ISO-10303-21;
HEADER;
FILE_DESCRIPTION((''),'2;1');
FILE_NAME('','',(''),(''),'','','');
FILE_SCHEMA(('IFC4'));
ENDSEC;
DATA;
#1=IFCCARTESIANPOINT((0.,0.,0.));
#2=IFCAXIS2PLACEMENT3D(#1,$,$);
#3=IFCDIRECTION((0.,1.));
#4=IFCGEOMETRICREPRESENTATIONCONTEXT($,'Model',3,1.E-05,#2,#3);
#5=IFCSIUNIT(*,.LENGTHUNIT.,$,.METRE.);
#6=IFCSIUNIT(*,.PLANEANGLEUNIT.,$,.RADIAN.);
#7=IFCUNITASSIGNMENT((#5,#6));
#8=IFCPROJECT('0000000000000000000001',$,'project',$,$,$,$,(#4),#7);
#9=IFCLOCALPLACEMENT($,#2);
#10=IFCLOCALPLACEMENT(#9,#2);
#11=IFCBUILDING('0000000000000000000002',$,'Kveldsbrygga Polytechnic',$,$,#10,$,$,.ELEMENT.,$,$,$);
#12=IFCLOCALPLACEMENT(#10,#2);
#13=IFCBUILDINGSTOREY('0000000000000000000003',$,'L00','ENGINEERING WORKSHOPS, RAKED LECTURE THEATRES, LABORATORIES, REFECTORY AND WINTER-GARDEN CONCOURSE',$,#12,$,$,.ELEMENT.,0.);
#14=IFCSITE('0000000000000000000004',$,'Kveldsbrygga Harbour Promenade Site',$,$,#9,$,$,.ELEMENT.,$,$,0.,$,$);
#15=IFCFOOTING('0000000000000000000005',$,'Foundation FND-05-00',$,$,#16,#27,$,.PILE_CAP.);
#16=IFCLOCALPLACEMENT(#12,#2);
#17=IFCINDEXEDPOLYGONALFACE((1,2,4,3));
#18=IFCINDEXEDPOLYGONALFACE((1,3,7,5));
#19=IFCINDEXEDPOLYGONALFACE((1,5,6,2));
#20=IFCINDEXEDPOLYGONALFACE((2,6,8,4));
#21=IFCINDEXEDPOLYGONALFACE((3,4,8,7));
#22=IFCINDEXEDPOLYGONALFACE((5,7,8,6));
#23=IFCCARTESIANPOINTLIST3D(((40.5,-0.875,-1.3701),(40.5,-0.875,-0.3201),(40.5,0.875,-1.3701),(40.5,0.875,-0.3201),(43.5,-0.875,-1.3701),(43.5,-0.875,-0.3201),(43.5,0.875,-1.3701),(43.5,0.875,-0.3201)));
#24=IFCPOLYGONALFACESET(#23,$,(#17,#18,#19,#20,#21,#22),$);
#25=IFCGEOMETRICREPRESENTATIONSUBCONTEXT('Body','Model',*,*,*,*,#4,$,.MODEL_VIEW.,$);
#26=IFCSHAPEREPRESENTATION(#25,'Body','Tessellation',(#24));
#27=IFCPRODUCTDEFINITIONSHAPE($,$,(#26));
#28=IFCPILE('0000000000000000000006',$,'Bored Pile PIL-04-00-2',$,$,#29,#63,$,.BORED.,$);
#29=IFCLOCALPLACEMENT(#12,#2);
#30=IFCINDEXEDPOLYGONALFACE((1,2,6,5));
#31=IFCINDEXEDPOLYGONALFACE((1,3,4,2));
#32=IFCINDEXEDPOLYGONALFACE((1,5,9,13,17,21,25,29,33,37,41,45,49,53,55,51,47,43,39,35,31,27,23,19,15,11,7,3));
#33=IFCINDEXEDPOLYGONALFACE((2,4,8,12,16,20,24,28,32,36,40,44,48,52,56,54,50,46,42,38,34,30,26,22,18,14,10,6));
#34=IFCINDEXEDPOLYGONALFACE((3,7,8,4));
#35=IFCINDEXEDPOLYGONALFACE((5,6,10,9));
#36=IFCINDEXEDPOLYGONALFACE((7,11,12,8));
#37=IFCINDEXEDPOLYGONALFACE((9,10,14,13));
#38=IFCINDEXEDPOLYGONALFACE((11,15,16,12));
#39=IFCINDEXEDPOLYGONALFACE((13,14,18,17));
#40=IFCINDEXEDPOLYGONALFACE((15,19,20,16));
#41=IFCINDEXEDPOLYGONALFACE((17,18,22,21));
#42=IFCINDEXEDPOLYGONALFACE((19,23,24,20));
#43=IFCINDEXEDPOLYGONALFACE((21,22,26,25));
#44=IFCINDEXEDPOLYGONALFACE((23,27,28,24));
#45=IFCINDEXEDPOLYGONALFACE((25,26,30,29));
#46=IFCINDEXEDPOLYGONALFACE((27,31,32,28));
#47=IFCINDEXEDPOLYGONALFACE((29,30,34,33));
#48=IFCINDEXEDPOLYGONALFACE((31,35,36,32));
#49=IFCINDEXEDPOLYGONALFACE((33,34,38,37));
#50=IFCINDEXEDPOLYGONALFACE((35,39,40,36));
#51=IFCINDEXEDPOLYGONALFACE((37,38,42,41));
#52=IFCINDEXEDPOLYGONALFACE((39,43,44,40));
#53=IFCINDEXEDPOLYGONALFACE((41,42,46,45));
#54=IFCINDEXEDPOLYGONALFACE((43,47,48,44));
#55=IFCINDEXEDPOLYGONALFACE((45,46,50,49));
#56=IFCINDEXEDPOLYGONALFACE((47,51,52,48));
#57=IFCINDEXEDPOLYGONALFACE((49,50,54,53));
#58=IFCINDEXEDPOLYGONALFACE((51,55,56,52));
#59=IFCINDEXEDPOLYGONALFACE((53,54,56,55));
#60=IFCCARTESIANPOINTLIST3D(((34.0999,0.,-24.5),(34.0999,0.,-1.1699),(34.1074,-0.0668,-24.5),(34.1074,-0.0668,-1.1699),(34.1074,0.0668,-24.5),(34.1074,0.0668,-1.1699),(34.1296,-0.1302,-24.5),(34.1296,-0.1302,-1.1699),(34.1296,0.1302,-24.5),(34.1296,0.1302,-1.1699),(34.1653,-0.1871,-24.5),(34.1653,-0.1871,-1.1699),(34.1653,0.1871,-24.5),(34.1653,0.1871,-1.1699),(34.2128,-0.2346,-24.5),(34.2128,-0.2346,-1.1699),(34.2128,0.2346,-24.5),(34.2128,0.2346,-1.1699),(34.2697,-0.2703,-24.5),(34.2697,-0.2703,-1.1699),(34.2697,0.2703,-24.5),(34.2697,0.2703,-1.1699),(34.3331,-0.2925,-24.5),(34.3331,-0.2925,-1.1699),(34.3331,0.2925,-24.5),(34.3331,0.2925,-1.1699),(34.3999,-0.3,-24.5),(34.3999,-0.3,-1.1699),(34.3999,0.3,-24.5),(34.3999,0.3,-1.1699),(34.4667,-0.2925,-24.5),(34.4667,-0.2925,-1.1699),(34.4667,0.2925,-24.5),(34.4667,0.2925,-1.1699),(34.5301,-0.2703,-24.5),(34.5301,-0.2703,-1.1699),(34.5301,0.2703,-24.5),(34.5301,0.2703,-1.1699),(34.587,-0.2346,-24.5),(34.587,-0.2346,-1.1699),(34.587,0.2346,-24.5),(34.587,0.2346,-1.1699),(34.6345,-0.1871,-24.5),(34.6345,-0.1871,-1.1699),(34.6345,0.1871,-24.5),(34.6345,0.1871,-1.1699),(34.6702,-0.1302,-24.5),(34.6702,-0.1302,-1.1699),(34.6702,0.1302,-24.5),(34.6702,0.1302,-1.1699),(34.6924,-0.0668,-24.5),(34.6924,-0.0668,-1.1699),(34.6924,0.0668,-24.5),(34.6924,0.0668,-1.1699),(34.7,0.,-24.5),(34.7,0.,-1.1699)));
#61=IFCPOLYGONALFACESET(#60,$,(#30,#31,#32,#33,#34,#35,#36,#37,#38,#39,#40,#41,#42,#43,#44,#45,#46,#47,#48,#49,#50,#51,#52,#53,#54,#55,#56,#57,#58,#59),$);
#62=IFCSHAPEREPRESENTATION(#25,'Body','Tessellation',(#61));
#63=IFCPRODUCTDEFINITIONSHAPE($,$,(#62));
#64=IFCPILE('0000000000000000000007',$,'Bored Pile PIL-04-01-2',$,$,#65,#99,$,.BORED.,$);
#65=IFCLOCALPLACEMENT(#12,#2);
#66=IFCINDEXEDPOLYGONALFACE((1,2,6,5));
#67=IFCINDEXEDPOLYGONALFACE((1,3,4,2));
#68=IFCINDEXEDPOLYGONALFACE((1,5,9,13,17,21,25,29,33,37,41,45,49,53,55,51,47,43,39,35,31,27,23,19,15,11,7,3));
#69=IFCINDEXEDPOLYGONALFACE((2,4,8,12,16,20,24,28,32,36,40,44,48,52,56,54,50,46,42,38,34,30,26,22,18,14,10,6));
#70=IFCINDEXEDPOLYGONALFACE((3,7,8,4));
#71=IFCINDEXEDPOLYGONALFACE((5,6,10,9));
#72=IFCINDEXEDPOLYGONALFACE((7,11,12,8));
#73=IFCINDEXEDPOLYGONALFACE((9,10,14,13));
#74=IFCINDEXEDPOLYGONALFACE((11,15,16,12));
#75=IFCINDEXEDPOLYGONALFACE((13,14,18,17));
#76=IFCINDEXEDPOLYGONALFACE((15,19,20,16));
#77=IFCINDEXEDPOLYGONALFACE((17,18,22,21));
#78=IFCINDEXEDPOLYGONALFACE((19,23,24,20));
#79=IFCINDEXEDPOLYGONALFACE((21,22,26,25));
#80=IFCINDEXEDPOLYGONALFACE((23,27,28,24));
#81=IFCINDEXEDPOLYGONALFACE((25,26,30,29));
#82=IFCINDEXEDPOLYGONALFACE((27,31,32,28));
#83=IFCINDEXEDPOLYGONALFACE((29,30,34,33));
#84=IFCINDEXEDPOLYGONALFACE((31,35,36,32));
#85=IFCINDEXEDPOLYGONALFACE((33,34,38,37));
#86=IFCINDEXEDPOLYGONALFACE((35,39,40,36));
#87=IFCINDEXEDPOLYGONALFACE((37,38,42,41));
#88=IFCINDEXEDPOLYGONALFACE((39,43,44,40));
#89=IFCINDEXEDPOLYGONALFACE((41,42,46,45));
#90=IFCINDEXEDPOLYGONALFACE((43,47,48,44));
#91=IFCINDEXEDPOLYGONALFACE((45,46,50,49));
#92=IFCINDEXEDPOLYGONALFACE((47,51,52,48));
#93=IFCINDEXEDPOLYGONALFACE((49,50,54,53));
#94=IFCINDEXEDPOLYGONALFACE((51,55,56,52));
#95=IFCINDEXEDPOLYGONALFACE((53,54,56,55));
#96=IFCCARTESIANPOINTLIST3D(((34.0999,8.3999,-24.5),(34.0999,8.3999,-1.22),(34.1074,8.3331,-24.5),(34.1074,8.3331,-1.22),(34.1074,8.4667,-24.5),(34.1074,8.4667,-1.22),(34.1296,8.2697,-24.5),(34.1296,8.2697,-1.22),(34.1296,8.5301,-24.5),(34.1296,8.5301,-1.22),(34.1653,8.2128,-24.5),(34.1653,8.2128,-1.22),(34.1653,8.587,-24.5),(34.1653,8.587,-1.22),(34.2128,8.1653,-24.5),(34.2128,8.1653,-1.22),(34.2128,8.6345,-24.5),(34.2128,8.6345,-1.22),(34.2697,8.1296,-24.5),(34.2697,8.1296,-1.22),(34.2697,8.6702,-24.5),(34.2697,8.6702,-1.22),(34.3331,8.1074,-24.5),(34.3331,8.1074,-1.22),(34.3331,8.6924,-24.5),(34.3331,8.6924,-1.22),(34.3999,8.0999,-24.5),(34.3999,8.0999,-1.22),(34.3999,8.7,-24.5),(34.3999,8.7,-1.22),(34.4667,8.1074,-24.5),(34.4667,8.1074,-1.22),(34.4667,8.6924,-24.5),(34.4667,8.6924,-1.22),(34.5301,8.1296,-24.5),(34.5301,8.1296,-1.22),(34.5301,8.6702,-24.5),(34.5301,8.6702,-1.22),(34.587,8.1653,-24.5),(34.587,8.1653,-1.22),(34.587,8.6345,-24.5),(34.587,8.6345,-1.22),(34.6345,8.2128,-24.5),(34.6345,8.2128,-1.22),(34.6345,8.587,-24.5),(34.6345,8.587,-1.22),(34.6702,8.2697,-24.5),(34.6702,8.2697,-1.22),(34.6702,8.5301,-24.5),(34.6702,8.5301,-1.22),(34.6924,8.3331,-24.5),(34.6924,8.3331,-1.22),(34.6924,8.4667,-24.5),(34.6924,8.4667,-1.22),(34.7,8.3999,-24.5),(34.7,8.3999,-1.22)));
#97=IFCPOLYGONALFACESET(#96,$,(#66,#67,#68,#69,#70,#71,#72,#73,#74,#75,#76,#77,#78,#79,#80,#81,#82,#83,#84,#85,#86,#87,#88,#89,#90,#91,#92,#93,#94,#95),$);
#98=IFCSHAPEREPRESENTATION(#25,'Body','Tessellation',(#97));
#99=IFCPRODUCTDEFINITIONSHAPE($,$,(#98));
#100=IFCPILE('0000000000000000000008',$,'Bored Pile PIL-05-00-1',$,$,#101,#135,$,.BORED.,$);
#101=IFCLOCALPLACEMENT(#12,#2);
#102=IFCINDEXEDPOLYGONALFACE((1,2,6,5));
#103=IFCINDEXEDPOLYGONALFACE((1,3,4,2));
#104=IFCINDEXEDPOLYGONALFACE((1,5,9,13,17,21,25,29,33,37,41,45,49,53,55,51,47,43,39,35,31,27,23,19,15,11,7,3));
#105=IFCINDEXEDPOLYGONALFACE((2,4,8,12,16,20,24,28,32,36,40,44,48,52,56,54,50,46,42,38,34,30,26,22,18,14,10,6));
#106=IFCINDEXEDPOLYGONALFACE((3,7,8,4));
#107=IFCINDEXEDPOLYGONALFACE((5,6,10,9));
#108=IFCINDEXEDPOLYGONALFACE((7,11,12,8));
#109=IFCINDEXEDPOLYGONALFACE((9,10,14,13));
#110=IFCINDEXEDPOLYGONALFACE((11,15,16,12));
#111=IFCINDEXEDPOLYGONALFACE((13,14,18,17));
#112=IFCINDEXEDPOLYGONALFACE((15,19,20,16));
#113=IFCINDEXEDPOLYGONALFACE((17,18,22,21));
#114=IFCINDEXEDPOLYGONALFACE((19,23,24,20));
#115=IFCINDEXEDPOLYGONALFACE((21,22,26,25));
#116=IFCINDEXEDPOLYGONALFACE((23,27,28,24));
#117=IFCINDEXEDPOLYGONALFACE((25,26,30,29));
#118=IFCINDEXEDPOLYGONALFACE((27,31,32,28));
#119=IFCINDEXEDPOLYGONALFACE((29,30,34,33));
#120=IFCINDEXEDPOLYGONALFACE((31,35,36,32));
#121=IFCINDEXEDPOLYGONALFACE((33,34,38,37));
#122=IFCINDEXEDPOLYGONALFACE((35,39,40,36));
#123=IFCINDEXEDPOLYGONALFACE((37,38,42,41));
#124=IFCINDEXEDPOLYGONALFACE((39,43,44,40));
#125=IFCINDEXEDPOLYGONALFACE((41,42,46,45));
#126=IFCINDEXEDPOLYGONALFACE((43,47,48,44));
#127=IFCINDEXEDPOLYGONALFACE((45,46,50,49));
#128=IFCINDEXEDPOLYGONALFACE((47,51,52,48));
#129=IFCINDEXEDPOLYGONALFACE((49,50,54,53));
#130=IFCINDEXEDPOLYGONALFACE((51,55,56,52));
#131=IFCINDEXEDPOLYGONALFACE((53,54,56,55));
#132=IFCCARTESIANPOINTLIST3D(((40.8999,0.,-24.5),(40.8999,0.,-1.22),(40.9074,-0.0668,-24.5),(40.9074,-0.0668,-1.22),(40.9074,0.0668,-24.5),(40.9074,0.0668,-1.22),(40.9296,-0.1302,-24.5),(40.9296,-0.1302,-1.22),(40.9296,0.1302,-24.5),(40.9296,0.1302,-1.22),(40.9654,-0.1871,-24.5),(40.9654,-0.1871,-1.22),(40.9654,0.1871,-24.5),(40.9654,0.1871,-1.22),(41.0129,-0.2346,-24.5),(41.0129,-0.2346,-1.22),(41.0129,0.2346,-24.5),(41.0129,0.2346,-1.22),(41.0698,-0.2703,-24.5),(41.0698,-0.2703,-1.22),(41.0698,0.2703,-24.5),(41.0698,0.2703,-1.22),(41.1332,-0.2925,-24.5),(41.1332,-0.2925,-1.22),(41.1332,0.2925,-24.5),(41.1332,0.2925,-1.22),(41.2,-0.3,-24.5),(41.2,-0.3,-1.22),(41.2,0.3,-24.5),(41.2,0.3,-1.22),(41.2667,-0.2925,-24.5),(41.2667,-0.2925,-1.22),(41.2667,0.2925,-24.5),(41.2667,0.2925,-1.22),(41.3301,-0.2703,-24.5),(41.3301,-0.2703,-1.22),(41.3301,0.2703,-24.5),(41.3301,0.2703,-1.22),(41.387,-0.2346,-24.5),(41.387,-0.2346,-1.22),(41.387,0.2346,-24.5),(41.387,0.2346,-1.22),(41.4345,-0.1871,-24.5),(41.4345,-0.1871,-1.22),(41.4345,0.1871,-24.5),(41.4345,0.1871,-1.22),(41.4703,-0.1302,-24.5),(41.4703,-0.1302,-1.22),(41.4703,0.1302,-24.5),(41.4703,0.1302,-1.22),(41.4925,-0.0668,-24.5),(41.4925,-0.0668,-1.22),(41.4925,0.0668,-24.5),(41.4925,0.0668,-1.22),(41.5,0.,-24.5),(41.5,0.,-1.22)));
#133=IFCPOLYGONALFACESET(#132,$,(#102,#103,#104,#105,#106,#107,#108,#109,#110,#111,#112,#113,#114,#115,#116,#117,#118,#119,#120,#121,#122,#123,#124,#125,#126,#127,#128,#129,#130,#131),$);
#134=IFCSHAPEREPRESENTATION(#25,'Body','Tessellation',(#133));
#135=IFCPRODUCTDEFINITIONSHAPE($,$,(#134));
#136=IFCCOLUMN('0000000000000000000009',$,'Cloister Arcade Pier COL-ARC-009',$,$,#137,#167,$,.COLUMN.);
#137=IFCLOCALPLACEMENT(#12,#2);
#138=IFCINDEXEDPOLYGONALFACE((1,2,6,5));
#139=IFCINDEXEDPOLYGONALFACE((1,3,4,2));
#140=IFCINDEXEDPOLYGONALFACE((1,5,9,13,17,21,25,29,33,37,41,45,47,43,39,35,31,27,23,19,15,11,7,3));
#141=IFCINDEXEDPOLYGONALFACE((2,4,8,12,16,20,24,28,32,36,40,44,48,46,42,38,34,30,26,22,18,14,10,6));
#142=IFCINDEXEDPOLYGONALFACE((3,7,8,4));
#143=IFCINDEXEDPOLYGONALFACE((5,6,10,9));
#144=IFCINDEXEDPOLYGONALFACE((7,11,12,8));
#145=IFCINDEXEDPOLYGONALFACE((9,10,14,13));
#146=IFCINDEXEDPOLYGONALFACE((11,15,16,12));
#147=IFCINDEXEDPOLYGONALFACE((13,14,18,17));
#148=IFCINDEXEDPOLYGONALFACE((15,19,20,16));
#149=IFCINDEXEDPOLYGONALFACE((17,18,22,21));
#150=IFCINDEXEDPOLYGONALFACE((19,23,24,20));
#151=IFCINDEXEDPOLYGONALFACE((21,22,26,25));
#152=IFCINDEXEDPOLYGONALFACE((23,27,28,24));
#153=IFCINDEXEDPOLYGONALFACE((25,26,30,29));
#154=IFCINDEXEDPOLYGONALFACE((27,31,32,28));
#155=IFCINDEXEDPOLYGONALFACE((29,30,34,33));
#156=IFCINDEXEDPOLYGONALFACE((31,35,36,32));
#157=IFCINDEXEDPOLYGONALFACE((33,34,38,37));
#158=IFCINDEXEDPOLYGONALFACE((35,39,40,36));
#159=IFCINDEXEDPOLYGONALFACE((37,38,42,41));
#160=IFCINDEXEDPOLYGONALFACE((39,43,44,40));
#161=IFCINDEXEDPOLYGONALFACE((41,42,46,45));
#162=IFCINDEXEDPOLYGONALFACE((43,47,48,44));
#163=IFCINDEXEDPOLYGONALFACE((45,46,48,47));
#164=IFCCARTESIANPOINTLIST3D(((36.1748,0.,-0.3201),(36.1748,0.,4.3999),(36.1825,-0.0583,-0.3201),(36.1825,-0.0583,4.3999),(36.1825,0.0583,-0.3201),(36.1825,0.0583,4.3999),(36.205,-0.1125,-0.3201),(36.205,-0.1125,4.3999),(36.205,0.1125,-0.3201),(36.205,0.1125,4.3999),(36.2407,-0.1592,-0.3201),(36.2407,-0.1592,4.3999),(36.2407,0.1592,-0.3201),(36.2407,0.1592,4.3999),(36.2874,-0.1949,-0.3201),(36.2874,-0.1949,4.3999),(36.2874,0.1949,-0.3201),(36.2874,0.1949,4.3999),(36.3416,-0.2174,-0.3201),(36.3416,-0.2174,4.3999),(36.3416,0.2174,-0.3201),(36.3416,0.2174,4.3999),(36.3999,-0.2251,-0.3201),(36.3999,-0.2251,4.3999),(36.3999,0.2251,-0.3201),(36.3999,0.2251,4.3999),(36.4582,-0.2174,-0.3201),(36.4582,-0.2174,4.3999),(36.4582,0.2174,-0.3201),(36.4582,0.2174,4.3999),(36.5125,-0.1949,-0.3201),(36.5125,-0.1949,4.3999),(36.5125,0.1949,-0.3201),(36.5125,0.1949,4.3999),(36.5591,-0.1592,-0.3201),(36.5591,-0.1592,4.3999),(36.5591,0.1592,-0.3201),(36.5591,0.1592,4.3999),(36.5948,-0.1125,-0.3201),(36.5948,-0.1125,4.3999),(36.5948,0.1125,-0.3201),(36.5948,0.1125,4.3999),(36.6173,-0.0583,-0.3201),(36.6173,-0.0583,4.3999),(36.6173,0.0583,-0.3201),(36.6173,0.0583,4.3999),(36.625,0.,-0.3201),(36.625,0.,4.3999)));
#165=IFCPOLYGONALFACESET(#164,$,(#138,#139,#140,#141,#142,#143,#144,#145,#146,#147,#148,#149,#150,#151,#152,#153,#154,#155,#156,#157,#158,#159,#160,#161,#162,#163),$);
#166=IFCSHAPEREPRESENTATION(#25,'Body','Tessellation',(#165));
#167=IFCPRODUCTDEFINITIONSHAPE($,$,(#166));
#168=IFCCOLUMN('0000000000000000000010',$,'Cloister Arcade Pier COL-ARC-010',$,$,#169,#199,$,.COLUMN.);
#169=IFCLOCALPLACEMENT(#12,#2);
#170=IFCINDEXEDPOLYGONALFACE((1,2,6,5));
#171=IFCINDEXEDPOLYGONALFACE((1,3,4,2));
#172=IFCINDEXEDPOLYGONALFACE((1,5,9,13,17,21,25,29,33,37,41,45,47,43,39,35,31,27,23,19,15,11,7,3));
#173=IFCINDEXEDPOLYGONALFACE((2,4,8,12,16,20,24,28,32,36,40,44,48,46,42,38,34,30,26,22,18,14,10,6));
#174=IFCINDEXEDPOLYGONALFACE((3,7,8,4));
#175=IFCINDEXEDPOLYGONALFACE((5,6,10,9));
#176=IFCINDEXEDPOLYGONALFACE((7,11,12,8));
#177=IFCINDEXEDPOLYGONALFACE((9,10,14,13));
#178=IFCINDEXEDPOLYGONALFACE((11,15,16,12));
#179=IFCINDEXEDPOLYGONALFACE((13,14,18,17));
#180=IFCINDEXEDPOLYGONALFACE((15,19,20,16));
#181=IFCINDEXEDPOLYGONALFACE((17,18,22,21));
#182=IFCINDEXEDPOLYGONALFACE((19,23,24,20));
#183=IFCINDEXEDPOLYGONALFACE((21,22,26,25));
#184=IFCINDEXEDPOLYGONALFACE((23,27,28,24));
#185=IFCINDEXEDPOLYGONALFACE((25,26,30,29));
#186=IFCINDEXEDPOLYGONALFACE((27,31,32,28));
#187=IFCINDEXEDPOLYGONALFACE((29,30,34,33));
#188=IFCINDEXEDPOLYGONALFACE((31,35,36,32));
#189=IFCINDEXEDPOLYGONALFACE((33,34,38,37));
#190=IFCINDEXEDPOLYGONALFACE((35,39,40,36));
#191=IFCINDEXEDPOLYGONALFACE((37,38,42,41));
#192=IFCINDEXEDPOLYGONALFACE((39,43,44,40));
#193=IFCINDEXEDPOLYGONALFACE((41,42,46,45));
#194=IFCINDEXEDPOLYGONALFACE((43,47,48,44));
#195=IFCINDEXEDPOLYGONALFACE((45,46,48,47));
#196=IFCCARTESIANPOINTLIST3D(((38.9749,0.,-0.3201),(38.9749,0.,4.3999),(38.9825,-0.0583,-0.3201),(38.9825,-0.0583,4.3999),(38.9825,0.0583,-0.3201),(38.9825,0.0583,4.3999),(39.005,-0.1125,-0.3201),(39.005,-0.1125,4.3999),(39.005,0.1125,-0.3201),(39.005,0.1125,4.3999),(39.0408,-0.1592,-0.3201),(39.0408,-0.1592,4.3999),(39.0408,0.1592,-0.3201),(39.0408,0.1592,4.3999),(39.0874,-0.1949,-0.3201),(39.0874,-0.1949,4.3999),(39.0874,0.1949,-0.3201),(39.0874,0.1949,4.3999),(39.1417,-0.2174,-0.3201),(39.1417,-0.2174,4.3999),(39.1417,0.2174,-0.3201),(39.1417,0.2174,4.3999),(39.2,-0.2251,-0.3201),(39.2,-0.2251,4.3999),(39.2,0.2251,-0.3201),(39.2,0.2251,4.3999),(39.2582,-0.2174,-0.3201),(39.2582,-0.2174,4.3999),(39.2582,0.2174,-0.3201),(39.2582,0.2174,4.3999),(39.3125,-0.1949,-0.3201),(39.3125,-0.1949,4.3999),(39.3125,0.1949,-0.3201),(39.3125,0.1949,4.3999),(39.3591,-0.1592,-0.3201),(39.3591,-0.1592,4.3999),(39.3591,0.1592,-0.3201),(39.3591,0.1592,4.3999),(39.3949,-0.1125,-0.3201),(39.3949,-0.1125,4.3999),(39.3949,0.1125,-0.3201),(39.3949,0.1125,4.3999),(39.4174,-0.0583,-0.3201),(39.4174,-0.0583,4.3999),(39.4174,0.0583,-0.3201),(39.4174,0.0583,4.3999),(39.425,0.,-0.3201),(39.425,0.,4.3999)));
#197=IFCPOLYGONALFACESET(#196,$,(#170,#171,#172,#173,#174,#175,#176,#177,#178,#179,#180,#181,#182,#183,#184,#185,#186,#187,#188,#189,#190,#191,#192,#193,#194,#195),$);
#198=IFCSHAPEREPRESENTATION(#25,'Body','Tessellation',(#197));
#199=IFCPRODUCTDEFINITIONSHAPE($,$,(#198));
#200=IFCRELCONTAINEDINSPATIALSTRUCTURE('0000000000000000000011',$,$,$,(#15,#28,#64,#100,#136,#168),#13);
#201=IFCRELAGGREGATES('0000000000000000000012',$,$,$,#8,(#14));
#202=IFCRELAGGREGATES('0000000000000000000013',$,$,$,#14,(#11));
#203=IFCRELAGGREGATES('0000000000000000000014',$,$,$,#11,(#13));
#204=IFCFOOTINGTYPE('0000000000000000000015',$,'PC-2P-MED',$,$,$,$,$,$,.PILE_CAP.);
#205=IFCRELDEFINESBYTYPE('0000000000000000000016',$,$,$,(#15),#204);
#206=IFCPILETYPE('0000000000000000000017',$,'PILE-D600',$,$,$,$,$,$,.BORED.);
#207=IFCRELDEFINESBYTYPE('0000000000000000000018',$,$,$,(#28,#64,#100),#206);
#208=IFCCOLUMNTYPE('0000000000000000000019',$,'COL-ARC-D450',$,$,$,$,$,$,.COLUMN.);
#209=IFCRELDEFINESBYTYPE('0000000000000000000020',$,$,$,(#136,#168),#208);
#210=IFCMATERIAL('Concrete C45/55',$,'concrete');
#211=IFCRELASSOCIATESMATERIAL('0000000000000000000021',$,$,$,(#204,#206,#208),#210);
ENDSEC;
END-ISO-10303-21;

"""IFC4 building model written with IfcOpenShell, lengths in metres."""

from ifc_helpers import new_model, si_unit, direction, frame, origin, origin_2d, place, context, subcontext, project, spatial, rectangle, circle, extrude, material, material_profile, profile_set, type_object, element, save


model = new_model("IFC4")

# Units and contexts
model_context = context("Model", 3, precision=1e-05, world=origin(), true_north=direction((0.0, 1.0)))
body_context = subcontext(model_context, "Body", "Model", "MODEL_VIEW")
ifc_project = project(units=[si_unit("LENGTHUNIT", "METRE"), si_unit("PLANEANGLEUNIT", "RADIAN")], contexts=[model_context])

# Site, building, storey
site_placement = place(None, origin())
site = spatial("IfcSite", under=ifc_project, at=site_placement, Name="Kveldsbrygga Harbour Promenade Site", CompositionType="ELEMENT", RefElevation=0.0)
building_placement = place(site_placement, origin())
building = spatial("IfcBuilding", under=site, at=building_placement, Name="Kveldsbrygga Polytechnic", CompositionType="ELEMENT")
storey_placement = place(building_placement, origin())
storey = spatial("IfcBuildingStorey", under=building, at=storey_placement, Name="L00", Description="ENGINEERING WORKSHOPS, RAKED LECTURE THEATRES, LABORATORIES, REFECTORY AND WINTER-GARDEN CONCOURSE", CompositionType="ELEMENT", Elevation=0.0)

# Footing
ifc_material_1 = material(Name="Concrete C45/55", Category="concrete")
footing_type = type_object("IfcFootingType", Name="PC-2P-MED", PredefinedType="PILE_CAP", material=ifc_material_1)
footing_placement = place(storey_placement, frame((42.0, 0.0, -1.3701), z_axis=(0.0, 0.0, 1.0), x_axis=(1.0, 0.0, 0.0)))
element("IfcFooting", 1, at=footing_placement, inside=storey, type_object=footing_type, Name="Foundation FND-05-00", PredefinedType="PILE_CAP", context=body_context, shape_type="SweptSolid", body=[
    extrude(rectangle(XDim=3.0, YDim=1.75, at=origin_2d()), origin(), (0.0, 0.0, 1.0), 1.05),
])

# Piles
ifc_material_profile_1 = material_profile(ifc_material_1, circle(Radius=0.3, at=origin_2d()), Name="PILE D600")
ifc_profile_set_1 = profile_set([ifc_material_profile_1], Name="Concrete C45/55")
pile_type = type_object("IfcPileType", Name="PILE-D600", PredefinedType="BORED", material=ifc_profile_set_1)
pile_placement = place(storey_placement, frame((34.3999, 0.0, -1.1699), z_axis=(0.0, 0.0, -1.0), x_axis=(1.0, 0.0, 0.0)))
element("IfcPile", 2, at=pile_placement, inside=storey, type_object=pile_type, Name="Bored Pile PIL-04-00-2", PredefinedType="BORED", context=body_context, shape_type="SweptSolid", body=[
    extrude(circle(Radius=0.3, at=origin_2d()), origin(), (0.0, 0.0, 1.0), 23.3301),
])
for number, where, z_axis, x_axis, name in (
    (3, (34.3999, 8.3999, -1.22), (0.0, 0.0, -1.0), (1.0, 0.0, 0.0), "Bored Pile PIL-04-01-2"),
    (4, (41.2, 0.0, -1.22), (0.0, 0.0, -1.0), (1.0, 0.0, 0.0), "Bored Pile PIL-05-00-1"),
):
    element("IfcPile", number, at=place(storey_placement, frame(where, z_axis=z_axis, x_axis=x_axis)), inside=storey, type_object=pile_type, Name=name, PredefinedType="BORED", context=body_context, shape_type="SweptSolid", body=[
        extrude(circle(Radius=0.3, at=origin_2d()), origin(), (0.0, 0.0, 1.0), 23.28),
    ])

# Columns
ifc_material_profile_2 = material_profile(ifc_material_1, circle(Radius=0.2251, at=origin_2d()), Name="RC D450")
ifc_profile_set_2 = profile_set([ifc_material_profile_2], Name="Concrete C45/55")
column_type_1 = type_object("IfcColumnType", Name="COL-ARC-D450", PredefinedType="COLUMN", material=ifc_profile_set_2)
for number, where, z_axis, x_axis, name in (
    (5, (36.3999, 0.0, -0.3201), (0.0, 0.0, 1.0), (1.0, 0.0, 0.0), "Cloister Arcade Pier COL-ARC-009"),
    (6, (39.2, 0.0, -0.3201), (0.0, 0.0, 1.0), (1.0, 0.0, 0.0), "Cloister Arcade Pier COL-ARC-010"),
):
    element("IfcColumn", number, at=place(storey_placement, frame(where, z_axis=z_axis, x_axis=x_axis)), inside=storey, type_object=column_type_1, Name=name, PredefinedType="COLUMN", context=body_context, shape_type="SweptSolid", body=[
        extrude(circle(Radius=0.2251, at=origin_2d()), origin(), (0.0, 0.0, 1.0), 4.72),
    ])

save(model, "model.ifc")
